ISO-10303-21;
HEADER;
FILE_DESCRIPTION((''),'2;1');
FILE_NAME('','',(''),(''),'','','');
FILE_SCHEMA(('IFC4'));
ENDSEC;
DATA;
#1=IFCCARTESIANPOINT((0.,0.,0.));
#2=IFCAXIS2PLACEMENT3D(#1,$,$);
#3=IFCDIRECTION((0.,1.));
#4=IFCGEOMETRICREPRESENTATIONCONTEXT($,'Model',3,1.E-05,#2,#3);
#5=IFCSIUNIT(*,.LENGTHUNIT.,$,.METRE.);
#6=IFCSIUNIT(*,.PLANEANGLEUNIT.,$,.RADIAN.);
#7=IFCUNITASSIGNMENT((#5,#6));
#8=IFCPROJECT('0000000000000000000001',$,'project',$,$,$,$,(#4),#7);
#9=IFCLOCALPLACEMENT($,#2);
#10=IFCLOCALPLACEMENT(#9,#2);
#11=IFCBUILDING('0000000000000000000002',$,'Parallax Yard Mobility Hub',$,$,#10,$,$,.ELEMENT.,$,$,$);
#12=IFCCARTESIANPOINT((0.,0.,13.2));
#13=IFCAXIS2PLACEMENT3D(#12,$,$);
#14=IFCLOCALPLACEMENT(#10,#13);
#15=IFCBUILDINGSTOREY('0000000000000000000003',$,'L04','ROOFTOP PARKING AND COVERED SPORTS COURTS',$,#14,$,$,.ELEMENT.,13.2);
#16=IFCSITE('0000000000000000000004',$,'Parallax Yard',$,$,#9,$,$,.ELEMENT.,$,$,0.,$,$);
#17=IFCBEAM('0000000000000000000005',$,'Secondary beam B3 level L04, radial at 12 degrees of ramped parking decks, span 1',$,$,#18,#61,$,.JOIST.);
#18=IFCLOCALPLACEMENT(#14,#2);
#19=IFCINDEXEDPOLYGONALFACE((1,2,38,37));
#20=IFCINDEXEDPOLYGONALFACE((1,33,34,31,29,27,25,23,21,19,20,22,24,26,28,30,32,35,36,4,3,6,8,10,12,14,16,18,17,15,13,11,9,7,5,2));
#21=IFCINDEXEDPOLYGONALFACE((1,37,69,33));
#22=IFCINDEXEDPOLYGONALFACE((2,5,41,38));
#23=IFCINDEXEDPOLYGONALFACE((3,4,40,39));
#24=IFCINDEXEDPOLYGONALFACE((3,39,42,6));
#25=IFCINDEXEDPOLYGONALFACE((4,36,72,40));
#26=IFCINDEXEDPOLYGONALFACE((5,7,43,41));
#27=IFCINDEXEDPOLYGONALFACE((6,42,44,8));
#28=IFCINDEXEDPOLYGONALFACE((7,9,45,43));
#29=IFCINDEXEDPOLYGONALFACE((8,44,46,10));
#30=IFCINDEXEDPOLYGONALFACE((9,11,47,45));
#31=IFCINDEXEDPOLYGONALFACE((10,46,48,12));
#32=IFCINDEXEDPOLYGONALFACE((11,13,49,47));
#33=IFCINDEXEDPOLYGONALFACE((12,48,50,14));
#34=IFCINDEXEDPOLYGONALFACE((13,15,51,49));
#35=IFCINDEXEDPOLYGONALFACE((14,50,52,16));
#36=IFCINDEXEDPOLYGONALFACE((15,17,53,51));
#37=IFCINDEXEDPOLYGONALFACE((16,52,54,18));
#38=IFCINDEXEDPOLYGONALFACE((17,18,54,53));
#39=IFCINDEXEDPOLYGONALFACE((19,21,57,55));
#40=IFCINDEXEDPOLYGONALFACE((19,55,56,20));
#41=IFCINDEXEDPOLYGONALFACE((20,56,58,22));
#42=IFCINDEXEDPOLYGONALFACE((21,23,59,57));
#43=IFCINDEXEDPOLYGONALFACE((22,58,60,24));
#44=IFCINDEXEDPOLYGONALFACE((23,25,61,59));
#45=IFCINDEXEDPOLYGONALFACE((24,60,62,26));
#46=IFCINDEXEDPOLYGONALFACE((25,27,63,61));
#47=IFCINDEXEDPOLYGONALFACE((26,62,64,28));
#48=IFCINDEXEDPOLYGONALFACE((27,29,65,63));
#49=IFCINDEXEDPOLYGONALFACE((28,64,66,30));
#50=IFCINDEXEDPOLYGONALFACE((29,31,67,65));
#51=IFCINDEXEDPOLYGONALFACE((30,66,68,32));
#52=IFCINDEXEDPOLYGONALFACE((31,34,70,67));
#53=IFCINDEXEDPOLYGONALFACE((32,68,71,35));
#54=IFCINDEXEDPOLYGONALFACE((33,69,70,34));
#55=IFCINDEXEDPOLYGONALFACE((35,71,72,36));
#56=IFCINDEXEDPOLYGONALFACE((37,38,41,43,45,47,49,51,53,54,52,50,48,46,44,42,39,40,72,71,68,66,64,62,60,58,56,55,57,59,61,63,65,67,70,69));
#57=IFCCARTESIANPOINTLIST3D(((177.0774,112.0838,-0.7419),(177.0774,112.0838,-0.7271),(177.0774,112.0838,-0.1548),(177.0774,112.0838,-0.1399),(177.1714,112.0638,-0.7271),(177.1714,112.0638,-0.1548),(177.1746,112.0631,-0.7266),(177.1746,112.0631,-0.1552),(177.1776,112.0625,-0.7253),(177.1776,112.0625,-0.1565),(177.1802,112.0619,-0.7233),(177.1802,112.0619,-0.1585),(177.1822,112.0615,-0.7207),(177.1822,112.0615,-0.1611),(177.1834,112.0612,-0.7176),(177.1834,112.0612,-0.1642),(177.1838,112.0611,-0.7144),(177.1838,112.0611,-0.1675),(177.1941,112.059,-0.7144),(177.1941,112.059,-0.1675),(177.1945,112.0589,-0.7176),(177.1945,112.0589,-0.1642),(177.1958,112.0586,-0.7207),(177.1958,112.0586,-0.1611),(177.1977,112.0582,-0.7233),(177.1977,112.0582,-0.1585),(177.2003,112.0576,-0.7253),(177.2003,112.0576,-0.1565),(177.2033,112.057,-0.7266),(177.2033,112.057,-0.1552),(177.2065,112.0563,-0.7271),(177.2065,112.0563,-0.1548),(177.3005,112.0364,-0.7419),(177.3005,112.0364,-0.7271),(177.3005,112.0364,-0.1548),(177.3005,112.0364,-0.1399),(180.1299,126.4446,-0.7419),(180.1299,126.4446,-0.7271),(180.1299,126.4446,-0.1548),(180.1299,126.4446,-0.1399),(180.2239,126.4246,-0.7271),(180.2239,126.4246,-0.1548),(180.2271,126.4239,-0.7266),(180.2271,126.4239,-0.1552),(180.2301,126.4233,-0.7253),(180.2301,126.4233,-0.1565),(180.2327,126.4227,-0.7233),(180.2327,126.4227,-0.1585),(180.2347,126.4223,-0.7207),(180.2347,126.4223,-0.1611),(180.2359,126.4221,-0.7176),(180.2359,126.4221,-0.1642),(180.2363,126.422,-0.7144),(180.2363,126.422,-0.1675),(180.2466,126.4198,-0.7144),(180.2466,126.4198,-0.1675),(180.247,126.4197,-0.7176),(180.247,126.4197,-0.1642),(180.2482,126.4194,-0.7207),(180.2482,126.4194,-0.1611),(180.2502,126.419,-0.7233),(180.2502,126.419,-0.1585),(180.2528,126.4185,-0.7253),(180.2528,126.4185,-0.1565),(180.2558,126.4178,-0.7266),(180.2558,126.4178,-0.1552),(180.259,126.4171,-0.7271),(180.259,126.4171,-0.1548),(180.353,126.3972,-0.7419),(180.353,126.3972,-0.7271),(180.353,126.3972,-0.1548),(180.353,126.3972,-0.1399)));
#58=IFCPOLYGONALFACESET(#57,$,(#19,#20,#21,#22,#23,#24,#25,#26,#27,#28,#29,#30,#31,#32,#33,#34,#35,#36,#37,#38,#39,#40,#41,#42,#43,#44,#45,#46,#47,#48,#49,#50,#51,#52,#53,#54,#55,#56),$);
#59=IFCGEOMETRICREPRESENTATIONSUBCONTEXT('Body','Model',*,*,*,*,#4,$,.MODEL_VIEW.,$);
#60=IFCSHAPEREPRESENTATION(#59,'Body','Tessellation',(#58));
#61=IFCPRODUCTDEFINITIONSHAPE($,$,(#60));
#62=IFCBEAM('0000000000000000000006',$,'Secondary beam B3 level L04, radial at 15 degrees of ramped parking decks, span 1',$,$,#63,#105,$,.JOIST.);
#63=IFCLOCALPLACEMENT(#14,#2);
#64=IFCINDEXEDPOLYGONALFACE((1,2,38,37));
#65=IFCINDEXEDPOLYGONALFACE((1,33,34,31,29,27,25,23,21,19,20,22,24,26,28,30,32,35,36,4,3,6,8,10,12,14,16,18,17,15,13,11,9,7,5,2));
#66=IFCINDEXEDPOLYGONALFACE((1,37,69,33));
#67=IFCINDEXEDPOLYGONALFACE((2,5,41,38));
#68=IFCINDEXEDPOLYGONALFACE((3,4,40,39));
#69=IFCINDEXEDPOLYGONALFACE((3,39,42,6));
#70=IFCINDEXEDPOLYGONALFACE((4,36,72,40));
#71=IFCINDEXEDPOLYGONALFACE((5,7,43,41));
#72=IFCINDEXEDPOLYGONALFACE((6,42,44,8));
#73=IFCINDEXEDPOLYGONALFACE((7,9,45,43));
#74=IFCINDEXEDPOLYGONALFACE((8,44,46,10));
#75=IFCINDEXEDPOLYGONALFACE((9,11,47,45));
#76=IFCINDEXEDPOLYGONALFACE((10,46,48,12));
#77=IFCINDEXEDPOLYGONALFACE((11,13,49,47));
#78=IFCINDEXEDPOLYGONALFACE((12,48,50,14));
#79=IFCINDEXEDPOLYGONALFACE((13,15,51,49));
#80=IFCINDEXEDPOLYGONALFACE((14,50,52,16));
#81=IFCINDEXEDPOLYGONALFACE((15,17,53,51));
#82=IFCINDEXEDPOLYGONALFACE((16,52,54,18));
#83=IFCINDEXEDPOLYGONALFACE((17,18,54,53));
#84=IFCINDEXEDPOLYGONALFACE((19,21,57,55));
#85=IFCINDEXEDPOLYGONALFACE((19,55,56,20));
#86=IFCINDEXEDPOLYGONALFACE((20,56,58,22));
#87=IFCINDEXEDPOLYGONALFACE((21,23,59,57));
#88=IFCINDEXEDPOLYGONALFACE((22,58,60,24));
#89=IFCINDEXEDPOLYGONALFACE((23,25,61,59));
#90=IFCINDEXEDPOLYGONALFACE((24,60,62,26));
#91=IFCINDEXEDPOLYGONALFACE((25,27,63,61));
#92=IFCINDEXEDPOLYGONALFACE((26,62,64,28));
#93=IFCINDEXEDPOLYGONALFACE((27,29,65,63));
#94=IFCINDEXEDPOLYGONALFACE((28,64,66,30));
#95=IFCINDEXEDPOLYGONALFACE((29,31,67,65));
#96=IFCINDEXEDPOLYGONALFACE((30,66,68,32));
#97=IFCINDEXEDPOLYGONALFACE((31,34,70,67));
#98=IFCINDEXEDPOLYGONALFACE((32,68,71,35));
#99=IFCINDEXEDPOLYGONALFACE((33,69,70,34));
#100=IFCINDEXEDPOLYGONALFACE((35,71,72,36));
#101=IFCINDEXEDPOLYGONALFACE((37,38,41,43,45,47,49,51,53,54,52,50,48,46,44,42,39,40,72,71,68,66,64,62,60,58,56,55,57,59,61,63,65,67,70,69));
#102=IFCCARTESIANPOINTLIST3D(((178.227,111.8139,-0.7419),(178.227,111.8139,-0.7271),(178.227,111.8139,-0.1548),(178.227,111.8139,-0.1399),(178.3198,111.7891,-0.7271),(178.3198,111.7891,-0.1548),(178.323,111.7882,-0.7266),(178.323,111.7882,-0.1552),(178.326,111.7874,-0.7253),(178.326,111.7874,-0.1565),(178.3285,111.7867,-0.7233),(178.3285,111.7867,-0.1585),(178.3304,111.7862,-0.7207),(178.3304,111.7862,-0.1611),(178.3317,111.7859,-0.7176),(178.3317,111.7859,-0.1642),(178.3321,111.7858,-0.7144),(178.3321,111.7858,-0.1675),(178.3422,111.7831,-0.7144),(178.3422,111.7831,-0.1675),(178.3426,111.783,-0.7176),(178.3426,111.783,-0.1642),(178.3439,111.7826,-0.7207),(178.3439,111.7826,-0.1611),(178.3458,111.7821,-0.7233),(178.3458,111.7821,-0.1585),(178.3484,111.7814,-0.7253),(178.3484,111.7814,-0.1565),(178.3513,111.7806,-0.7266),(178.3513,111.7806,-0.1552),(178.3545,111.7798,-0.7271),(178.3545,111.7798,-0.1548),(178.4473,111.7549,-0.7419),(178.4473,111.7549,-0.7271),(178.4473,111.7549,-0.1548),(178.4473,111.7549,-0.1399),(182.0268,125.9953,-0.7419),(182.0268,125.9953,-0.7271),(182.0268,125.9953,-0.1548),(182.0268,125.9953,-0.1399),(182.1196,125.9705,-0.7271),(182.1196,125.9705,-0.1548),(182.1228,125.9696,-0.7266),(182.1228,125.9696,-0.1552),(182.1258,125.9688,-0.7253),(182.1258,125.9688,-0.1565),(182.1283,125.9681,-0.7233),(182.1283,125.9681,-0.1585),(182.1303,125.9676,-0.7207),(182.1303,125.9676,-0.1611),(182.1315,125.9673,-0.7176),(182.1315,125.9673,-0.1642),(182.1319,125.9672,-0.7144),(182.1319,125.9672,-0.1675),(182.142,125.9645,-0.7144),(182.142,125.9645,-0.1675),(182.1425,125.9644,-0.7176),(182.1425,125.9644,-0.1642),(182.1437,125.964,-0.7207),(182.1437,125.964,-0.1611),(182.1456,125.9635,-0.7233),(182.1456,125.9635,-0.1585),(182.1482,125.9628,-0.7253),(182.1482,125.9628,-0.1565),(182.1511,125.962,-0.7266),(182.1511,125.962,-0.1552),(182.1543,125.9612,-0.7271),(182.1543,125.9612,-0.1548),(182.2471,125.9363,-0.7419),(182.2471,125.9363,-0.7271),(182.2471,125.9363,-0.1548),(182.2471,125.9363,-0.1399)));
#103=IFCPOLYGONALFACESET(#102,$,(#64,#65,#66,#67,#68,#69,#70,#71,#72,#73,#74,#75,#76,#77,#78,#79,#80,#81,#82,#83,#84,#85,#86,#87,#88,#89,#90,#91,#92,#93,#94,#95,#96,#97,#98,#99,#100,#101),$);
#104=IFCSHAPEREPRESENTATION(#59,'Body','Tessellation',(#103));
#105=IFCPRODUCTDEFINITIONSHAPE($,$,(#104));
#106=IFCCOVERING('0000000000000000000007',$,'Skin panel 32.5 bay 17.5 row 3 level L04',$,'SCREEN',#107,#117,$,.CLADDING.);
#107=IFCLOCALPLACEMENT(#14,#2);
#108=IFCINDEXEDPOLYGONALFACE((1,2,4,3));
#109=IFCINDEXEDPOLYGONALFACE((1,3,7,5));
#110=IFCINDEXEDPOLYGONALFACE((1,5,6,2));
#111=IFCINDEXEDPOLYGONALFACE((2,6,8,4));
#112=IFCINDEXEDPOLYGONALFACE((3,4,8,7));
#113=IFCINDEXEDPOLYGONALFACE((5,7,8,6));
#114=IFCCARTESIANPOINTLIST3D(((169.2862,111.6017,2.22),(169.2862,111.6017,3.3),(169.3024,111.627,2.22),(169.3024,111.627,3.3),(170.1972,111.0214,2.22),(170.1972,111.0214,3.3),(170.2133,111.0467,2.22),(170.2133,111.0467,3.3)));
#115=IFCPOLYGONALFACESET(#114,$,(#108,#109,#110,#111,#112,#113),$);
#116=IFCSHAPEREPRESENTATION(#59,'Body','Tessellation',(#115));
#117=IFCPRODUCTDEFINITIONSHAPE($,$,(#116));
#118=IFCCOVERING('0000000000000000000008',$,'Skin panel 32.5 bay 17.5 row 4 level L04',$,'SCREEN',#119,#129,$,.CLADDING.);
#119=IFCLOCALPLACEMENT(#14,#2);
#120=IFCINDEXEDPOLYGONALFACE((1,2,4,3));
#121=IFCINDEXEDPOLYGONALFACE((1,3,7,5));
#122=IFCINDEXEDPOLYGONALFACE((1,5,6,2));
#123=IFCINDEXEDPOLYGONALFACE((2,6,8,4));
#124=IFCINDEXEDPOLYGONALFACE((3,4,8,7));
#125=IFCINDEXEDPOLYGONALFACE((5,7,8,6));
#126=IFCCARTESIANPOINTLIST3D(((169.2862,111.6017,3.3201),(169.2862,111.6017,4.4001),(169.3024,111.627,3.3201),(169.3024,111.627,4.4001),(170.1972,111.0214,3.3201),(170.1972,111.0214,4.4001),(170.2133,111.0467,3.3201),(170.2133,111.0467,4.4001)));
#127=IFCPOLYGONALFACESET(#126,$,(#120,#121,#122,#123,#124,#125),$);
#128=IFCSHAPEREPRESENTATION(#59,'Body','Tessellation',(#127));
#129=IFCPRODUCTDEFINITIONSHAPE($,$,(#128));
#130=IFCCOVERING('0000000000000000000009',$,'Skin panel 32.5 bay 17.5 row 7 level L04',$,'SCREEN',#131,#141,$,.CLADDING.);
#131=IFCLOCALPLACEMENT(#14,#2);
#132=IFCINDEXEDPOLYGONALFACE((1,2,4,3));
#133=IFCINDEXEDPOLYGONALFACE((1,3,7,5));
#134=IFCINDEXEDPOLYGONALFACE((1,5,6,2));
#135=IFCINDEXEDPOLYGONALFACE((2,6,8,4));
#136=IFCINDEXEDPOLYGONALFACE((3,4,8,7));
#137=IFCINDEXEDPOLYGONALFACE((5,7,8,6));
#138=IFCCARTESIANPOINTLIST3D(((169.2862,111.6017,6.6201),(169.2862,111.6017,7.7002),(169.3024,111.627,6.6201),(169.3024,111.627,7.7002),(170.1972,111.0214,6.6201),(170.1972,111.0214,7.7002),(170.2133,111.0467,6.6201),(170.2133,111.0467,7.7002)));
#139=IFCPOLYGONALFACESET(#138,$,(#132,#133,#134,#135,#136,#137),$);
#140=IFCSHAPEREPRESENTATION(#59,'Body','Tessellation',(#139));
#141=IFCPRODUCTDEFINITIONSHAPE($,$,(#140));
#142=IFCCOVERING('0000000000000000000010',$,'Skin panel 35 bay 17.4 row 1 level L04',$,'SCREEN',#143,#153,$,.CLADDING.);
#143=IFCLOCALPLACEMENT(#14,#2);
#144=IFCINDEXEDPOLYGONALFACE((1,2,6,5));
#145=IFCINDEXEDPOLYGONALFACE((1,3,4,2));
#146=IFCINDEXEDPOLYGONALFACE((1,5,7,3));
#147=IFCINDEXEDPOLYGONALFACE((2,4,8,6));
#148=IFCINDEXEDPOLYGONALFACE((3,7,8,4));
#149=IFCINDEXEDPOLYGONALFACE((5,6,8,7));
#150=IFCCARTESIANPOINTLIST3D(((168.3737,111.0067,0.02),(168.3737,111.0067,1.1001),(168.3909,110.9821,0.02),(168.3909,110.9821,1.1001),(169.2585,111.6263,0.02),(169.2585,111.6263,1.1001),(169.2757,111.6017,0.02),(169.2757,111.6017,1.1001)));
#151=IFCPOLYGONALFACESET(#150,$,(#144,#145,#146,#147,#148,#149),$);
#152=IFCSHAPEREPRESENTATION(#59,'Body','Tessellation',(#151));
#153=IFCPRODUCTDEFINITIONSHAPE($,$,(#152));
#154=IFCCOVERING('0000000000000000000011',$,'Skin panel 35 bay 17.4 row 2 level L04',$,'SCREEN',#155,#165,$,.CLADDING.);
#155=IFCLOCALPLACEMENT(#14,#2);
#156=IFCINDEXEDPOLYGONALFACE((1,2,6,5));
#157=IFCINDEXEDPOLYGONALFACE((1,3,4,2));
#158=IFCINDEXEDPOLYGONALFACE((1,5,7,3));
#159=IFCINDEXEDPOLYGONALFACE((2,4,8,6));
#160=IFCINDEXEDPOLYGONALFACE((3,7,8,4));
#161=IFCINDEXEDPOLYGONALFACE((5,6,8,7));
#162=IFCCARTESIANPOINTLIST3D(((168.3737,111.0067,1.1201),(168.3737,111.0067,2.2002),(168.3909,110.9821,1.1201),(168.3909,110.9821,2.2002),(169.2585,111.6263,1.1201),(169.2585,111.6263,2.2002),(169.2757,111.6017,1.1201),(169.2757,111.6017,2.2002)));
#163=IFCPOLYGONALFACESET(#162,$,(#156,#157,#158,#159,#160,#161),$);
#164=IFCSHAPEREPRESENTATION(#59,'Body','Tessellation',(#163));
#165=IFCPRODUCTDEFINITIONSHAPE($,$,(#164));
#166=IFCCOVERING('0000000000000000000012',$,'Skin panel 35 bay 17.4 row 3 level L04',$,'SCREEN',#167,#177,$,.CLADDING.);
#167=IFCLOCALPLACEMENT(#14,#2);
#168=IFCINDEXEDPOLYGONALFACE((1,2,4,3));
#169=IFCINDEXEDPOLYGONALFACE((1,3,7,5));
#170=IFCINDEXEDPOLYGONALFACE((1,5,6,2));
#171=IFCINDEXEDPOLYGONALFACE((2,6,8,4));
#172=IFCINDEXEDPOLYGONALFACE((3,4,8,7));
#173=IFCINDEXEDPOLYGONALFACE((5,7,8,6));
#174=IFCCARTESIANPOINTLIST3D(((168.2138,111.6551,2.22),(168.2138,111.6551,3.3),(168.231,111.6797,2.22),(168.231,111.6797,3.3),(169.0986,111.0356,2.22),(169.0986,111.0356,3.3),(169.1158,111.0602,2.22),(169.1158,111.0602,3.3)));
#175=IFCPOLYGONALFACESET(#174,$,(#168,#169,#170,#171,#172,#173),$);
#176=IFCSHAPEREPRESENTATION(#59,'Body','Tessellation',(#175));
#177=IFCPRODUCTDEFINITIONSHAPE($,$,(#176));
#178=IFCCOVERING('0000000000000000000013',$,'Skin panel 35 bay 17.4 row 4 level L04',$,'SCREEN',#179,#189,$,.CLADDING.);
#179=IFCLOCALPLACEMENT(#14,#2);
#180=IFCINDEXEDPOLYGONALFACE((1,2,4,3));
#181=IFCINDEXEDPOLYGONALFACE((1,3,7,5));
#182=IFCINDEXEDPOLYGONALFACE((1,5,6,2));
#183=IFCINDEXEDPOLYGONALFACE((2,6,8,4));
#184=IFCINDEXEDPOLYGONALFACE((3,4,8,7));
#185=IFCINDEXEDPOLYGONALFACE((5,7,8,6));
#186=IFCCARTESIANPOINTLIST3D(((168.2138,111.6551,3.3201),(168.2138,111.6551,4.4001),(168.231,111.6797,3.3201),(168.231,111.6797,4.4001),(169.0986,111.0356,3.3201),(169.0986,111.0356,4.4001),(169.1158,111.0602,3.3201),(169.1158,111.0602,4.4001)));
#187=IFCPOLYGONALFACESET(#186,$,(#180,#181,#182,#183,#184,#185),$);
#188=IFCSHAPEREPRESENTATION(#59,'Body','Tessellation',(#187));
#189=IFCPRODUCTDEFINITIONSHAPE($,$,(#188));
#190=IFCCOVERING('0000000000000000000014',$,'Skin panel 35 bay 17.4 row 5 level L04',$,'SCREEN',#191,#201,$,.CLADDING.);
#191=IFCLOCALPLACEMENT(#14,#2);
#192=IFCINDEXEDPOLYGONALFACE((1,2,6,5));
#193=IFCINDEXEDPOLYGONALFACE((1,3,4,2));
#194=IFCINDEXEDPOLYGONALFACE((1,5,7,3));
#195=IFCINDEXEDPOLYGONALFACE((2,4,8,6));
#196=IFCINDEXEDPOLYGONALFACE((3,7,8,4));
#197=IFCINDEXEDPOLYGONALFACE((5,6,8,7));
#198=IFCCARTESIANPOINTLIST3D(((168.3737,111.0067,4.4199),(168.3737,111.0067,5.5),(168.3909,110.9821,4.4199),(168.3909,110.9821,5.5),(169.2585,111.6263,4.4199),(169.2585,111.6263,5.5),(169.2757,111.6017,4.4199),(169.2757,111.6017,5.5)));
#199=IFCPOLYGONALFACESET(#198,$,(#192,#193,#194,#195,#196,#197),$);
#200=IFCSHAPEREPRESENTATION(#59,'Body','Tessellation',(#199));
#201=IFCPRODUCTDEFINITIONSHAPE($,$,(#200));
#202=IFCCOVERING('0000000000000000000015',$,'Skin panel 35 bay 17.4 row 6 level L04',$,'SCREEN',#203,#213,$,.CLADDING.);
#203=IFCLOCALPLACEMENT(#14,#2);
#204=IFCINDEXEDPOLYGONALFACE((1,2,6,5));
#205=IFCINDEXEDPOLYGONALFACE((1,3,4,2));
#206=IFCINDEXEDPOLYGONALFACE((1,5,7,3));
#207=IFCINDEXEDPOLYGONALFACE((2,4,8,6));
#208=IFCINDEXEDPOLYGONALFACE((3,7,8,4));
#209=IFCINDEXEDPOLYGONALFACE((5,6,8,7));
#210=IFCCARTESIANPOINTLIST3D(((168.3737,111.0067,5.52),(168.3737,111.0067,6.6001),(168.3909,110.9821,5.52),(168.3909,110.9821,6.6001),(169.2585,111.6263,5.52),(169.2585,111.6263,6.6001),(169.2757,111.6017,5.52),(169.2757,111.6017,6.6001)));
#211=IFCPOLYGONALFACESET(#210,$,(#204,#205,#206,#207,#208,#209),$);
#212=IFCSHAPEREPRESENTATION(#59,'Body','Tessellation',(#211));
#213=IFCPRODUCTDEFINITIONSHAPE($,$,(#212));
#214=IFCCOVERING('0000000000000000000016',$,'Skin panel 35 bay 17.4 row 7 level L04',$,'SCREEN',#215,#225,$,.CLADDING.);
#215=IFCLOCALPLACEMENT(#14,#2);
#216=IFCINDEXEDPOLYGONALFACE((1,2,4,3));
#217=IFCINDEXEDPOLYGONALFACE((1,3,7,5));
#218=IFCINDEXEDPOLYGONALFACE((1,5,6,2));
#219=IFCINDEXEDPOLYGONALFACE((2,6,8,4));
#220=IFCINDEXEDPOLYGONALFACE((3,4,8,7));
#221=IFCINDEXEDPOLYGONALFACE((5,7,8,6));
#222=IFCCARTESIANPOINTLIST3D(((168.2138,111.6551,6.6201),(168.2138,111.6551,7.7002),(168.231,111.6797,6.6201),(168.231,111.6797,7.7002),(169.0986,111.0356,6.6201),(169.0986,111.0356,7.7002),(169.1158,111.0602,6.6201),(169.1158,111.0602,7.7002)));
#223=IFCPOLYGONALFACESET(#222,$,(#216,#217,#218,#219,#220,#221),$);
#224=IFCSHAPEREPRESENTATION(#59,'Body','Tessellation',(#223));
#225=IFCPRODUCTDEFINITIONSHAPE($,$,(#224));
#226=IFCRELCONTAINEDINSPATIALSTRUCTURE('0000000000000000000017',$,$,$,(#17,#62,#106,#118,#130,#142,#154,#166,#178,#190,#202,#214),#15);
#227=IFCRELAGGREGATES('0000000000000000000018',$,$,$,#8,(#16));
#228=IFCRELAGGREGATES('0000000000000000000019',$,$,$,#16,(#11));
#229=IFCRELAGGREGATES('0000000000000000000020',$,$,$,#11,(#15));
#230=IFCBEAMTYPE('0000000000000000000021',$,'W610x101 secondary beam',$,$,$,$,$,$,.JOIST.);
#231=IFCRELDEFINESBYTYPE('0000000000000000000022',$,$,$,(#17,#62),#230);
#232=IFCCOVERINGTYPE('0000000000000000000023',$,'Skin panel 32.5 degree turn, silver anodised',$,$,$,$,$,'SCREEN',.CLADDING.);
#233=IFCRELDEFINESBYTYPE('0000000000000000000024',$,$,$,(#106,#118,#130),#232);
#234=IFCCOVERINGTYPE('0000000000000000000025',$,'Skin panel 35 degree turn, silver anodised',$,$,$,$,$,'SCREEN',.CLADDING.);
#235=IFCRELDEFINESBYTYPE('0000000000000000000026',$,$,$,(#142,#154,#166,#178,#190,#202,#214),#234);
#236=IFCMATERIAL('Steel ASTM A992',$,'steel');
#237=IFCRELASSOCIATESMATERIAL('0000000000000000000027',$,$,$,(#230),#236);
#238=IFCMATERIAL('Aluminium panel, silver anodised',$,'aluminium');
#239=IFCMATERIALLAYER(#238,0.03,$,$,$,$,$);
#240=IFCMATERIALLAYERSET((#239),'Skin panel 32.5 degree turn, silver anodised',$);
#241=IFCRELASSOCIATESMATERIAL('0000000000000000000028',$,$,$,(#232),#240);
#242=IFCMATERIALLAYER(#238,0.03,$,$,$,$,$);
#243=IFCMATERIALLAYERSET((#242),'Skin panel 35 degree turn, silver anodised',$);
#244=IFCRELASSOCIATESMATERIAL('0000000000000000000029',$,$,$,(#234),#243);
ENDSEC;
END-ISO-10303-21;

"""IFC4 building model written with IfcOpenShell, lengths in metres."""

from ifc_helpers import new_model, si_unit, direction, frame, origin, origin_2d, place, context, subcontext, project, spatial, rectangle, i_section, extrude, material, layer, layer_set, material_profile, profile_set, type_object, element, save


model = new_model("IFC4")

# Units and contexts
model_context = context("Model", 3, precision=1e-05, world=origin(), true_north=direction((0.0, 1.0)))
body_context = subcontext(model_context, "Body", "Model", "MODEL_VIEW")
ifc_project = project(units=[si_unit("LENGTHUNIT", "METRE"), si_unit("PLANEANGLEUNIT", "RADIAN")], contexts=[model_context])

# Site, building, storey
site_placement = place(None, origin())
site = spatial("IfcSite", under=ifc_project, at=site_placement, Name="Parallax Yard", CompositionType="ELEMENT", RefElevation=0.0)
building_placement = place(site_placement, origin())
building = spatial("IfcBuilding", under=site, at=building_placement, Name="Parallax Yard Mobility Hub", CompositionType="ELEMENT")
storey_placement = place(building_placement, frame((0.0, 0.0, 13.2)))
storey = spatial("IfcBuildingStorey", under=building, at=storey_placement, Name="L04", Description="ROOFTOP PARKING AND COVERED SPORTS COURTS", CompositionType="ELEMENT", Elevation=13.2)

# Beams
ifc_material_1 = material(Name="Steel ASTM A992", Category="steel")
ifc_material_profile_1 = material_profile(ifc_material_1, i_section(OverallWidth=0.228, OverallDepth=0.6021, WebThickness=0.0105, FlangeThickness=0.0149, FilletRadius=0.0127, at=origin_2d()), Name="W610x101")
ifc_profile_set_1 = profile_set([ifc_material_profile_1], Name="Steel ASTM A992")
beam_type = type_object("IfcBeamType", Name="W610x101 secondary beam", PredefinedType="JOIST", material=ifc_profile_set_1)
for number, where, z_axis, x_axis, name in (
    (1, (177.189, 112.0601, -0.4409), (0.207912, 0.978148, 0.0), (-0.978148, 0.207912, 0.0), "Secondary beam B3 level L04, radial at 12 degrees of ramped parking decks, span 1"),
    (2, (178.3372, 111.7844, -0.4409), (0.258813, 0.965927, 0.0), (-0.965927, 0.258813, 0.0), "Secondary beam B3 level L04, radial at 15 degrees of ramped parking decks, span 1"),
):
    element("IfcBeam", number, at=place(storey_placement, frame(where, z_axis=z_axis, x_axis=x_axis)), inside=storey, type_object=beam_type, Name=name, PredefinedType="JOIST", context=body_context, shape_type="SweptSolid", body=[
        extrude(i_section(OverallWidth=0.228, OverallDepth=0.6021, WebThickness=0.0105, FlangeThickness=0.0149, FilletRadius=0.0127, at=origin_2d()), origin(), (0.0, 0.0, 1.0), 14.6816),
    ])

# Coverings
ifc_material_2 = material(Name="Aluminium panel, silver anodised", Category="aluminium")
ifc_layer_1 = layer(ifc_material_2, 0.03)
ifc_layer_set_1 = layer_set([ifc_layer_1], Name="Skin panel 32.5 degree turn, silver anodised")
covering_type_1 = type_object("IfcCoveringType", Name="Skin panel 32.5 degree turn, silver anodised", ElementType="SCREEN", PredefinedType="CLADDING", material=ifc_layer_set_1)
for number, where, z_axis, x_axis, name in (
    (3, (169.7498, 111.3242, 2.22), (0.0, 0.0, 1.0), (0.843391, -0.5373, 0.0), "Skin panel 32.5 bay 17.5 row 3 level L04"),
    (4, (169.7498, 111.3242, 3.3201), (0.0, 0.0, 1.0), (0.843391, -0.5373, 0.0), "Skin panel 32.5 bay 17.5 row 4 level L04"),
    (5, (169.7498, 111.3242, 6.6201), (0.0, 0.0, 1.0), (0.843391, -0.5373, 0.0), "Skin panel 32.5 bay 17.5 row 7 level L04"),
):
    element("IfcCovering", number, at=place(storey_placement, frame(where, z_axis=z_axis, x_axis=x_axis)), inside=storey, type_object=covering_type_1, Name=name, ObjectType="SCREEN", PredefinedType="CLADDING", context=body_context, shape_type="SweptSolid", body=[
        extrude(rectangle(XDim=1.0801, YDim=0.03, at=origin_2d()), origin(), (0.0, 0.0, 1.0), 1.0801),
    ])
ifc_layer_2 = layer(ifc_material_2, 0.03)
ifc_layer_set_2 = layer_set([ifc_layer_2], Name="Skin panel 35 degree turn, silver anodised")
covering_type_2 = type_object("IfcCoveringType", Name="Skin panel 35 degree turn, silver anodised", ElementType="SCREEN", PredefinedType="CLADDING", material=ifc_layer_set_2)
for number, where, z_axis, x_axis, name in (
    (6, (168.8247, 111.3042, 0.02), (0.0, 0.0, 1.0), (-0.819152, -0.573576, 0.0), "Skin panel 35 bay 17.4 row 1 level L04"),
    (7, (168.8247, 111.3042, 1.1201), (0.0, 0.0, 1.0), (-0.819152, -0.573576, 0.0), "Skin panel 35 bay 17.4 row 2 level L04"),
    (8, (168.6648, 111.3577, 2.22), (0.0, 0.0, 1.0), (0.819152, -0.573576, 0.0), "Skin panel 35 bay 17.4 row 3 level L04"),
    (9, (168.6648, 111.3577, 3.3201), (0.0, 0.0, 1.0), (0.819152, -0.573576, 0.0), "Skin panel 35 bay 17.4 row 4 level L04"),
    (10, (168.8247, 111.3042, 4.4199), (0.0, 0.0, 1.0), (-0.819152, -0.573576, 0.0), "Skin panel 35 bay 17.4 row 5 level L04"),
    (11, (168.8247, 111.3042, 5.52), (0.0, 0.0, 1.0), (-0.819152, -0.573576, 0.0), "Skin panel 35 bay 17.4 row 6 level L04"),
    (12, (168.6648, 111.3577, 6.6201), (0.0, 0.0, 1.0), (0.819152, -0.573576, 0.0), "Skin panel 35 bay 17.4 row 7 level L04"),
):
    element("IfcCovering", number, at=place(storey_placement, frame(where, z_axis=z_axis, x_axis=x_axis)), inside=storey, type_object=covering_type_2, Name=name, ObjectType="SCREEN", PredefinedType="CLADDING", context=body_context, shape_type="SweptSolid", body=[
        extrude(rectangle(XDim=1.0801, YDim=0.03, at=origin_2d()), origin(), (0.0, 0.0, 1.0), 1.0801),
    ])

save(model, "model.ifc")
